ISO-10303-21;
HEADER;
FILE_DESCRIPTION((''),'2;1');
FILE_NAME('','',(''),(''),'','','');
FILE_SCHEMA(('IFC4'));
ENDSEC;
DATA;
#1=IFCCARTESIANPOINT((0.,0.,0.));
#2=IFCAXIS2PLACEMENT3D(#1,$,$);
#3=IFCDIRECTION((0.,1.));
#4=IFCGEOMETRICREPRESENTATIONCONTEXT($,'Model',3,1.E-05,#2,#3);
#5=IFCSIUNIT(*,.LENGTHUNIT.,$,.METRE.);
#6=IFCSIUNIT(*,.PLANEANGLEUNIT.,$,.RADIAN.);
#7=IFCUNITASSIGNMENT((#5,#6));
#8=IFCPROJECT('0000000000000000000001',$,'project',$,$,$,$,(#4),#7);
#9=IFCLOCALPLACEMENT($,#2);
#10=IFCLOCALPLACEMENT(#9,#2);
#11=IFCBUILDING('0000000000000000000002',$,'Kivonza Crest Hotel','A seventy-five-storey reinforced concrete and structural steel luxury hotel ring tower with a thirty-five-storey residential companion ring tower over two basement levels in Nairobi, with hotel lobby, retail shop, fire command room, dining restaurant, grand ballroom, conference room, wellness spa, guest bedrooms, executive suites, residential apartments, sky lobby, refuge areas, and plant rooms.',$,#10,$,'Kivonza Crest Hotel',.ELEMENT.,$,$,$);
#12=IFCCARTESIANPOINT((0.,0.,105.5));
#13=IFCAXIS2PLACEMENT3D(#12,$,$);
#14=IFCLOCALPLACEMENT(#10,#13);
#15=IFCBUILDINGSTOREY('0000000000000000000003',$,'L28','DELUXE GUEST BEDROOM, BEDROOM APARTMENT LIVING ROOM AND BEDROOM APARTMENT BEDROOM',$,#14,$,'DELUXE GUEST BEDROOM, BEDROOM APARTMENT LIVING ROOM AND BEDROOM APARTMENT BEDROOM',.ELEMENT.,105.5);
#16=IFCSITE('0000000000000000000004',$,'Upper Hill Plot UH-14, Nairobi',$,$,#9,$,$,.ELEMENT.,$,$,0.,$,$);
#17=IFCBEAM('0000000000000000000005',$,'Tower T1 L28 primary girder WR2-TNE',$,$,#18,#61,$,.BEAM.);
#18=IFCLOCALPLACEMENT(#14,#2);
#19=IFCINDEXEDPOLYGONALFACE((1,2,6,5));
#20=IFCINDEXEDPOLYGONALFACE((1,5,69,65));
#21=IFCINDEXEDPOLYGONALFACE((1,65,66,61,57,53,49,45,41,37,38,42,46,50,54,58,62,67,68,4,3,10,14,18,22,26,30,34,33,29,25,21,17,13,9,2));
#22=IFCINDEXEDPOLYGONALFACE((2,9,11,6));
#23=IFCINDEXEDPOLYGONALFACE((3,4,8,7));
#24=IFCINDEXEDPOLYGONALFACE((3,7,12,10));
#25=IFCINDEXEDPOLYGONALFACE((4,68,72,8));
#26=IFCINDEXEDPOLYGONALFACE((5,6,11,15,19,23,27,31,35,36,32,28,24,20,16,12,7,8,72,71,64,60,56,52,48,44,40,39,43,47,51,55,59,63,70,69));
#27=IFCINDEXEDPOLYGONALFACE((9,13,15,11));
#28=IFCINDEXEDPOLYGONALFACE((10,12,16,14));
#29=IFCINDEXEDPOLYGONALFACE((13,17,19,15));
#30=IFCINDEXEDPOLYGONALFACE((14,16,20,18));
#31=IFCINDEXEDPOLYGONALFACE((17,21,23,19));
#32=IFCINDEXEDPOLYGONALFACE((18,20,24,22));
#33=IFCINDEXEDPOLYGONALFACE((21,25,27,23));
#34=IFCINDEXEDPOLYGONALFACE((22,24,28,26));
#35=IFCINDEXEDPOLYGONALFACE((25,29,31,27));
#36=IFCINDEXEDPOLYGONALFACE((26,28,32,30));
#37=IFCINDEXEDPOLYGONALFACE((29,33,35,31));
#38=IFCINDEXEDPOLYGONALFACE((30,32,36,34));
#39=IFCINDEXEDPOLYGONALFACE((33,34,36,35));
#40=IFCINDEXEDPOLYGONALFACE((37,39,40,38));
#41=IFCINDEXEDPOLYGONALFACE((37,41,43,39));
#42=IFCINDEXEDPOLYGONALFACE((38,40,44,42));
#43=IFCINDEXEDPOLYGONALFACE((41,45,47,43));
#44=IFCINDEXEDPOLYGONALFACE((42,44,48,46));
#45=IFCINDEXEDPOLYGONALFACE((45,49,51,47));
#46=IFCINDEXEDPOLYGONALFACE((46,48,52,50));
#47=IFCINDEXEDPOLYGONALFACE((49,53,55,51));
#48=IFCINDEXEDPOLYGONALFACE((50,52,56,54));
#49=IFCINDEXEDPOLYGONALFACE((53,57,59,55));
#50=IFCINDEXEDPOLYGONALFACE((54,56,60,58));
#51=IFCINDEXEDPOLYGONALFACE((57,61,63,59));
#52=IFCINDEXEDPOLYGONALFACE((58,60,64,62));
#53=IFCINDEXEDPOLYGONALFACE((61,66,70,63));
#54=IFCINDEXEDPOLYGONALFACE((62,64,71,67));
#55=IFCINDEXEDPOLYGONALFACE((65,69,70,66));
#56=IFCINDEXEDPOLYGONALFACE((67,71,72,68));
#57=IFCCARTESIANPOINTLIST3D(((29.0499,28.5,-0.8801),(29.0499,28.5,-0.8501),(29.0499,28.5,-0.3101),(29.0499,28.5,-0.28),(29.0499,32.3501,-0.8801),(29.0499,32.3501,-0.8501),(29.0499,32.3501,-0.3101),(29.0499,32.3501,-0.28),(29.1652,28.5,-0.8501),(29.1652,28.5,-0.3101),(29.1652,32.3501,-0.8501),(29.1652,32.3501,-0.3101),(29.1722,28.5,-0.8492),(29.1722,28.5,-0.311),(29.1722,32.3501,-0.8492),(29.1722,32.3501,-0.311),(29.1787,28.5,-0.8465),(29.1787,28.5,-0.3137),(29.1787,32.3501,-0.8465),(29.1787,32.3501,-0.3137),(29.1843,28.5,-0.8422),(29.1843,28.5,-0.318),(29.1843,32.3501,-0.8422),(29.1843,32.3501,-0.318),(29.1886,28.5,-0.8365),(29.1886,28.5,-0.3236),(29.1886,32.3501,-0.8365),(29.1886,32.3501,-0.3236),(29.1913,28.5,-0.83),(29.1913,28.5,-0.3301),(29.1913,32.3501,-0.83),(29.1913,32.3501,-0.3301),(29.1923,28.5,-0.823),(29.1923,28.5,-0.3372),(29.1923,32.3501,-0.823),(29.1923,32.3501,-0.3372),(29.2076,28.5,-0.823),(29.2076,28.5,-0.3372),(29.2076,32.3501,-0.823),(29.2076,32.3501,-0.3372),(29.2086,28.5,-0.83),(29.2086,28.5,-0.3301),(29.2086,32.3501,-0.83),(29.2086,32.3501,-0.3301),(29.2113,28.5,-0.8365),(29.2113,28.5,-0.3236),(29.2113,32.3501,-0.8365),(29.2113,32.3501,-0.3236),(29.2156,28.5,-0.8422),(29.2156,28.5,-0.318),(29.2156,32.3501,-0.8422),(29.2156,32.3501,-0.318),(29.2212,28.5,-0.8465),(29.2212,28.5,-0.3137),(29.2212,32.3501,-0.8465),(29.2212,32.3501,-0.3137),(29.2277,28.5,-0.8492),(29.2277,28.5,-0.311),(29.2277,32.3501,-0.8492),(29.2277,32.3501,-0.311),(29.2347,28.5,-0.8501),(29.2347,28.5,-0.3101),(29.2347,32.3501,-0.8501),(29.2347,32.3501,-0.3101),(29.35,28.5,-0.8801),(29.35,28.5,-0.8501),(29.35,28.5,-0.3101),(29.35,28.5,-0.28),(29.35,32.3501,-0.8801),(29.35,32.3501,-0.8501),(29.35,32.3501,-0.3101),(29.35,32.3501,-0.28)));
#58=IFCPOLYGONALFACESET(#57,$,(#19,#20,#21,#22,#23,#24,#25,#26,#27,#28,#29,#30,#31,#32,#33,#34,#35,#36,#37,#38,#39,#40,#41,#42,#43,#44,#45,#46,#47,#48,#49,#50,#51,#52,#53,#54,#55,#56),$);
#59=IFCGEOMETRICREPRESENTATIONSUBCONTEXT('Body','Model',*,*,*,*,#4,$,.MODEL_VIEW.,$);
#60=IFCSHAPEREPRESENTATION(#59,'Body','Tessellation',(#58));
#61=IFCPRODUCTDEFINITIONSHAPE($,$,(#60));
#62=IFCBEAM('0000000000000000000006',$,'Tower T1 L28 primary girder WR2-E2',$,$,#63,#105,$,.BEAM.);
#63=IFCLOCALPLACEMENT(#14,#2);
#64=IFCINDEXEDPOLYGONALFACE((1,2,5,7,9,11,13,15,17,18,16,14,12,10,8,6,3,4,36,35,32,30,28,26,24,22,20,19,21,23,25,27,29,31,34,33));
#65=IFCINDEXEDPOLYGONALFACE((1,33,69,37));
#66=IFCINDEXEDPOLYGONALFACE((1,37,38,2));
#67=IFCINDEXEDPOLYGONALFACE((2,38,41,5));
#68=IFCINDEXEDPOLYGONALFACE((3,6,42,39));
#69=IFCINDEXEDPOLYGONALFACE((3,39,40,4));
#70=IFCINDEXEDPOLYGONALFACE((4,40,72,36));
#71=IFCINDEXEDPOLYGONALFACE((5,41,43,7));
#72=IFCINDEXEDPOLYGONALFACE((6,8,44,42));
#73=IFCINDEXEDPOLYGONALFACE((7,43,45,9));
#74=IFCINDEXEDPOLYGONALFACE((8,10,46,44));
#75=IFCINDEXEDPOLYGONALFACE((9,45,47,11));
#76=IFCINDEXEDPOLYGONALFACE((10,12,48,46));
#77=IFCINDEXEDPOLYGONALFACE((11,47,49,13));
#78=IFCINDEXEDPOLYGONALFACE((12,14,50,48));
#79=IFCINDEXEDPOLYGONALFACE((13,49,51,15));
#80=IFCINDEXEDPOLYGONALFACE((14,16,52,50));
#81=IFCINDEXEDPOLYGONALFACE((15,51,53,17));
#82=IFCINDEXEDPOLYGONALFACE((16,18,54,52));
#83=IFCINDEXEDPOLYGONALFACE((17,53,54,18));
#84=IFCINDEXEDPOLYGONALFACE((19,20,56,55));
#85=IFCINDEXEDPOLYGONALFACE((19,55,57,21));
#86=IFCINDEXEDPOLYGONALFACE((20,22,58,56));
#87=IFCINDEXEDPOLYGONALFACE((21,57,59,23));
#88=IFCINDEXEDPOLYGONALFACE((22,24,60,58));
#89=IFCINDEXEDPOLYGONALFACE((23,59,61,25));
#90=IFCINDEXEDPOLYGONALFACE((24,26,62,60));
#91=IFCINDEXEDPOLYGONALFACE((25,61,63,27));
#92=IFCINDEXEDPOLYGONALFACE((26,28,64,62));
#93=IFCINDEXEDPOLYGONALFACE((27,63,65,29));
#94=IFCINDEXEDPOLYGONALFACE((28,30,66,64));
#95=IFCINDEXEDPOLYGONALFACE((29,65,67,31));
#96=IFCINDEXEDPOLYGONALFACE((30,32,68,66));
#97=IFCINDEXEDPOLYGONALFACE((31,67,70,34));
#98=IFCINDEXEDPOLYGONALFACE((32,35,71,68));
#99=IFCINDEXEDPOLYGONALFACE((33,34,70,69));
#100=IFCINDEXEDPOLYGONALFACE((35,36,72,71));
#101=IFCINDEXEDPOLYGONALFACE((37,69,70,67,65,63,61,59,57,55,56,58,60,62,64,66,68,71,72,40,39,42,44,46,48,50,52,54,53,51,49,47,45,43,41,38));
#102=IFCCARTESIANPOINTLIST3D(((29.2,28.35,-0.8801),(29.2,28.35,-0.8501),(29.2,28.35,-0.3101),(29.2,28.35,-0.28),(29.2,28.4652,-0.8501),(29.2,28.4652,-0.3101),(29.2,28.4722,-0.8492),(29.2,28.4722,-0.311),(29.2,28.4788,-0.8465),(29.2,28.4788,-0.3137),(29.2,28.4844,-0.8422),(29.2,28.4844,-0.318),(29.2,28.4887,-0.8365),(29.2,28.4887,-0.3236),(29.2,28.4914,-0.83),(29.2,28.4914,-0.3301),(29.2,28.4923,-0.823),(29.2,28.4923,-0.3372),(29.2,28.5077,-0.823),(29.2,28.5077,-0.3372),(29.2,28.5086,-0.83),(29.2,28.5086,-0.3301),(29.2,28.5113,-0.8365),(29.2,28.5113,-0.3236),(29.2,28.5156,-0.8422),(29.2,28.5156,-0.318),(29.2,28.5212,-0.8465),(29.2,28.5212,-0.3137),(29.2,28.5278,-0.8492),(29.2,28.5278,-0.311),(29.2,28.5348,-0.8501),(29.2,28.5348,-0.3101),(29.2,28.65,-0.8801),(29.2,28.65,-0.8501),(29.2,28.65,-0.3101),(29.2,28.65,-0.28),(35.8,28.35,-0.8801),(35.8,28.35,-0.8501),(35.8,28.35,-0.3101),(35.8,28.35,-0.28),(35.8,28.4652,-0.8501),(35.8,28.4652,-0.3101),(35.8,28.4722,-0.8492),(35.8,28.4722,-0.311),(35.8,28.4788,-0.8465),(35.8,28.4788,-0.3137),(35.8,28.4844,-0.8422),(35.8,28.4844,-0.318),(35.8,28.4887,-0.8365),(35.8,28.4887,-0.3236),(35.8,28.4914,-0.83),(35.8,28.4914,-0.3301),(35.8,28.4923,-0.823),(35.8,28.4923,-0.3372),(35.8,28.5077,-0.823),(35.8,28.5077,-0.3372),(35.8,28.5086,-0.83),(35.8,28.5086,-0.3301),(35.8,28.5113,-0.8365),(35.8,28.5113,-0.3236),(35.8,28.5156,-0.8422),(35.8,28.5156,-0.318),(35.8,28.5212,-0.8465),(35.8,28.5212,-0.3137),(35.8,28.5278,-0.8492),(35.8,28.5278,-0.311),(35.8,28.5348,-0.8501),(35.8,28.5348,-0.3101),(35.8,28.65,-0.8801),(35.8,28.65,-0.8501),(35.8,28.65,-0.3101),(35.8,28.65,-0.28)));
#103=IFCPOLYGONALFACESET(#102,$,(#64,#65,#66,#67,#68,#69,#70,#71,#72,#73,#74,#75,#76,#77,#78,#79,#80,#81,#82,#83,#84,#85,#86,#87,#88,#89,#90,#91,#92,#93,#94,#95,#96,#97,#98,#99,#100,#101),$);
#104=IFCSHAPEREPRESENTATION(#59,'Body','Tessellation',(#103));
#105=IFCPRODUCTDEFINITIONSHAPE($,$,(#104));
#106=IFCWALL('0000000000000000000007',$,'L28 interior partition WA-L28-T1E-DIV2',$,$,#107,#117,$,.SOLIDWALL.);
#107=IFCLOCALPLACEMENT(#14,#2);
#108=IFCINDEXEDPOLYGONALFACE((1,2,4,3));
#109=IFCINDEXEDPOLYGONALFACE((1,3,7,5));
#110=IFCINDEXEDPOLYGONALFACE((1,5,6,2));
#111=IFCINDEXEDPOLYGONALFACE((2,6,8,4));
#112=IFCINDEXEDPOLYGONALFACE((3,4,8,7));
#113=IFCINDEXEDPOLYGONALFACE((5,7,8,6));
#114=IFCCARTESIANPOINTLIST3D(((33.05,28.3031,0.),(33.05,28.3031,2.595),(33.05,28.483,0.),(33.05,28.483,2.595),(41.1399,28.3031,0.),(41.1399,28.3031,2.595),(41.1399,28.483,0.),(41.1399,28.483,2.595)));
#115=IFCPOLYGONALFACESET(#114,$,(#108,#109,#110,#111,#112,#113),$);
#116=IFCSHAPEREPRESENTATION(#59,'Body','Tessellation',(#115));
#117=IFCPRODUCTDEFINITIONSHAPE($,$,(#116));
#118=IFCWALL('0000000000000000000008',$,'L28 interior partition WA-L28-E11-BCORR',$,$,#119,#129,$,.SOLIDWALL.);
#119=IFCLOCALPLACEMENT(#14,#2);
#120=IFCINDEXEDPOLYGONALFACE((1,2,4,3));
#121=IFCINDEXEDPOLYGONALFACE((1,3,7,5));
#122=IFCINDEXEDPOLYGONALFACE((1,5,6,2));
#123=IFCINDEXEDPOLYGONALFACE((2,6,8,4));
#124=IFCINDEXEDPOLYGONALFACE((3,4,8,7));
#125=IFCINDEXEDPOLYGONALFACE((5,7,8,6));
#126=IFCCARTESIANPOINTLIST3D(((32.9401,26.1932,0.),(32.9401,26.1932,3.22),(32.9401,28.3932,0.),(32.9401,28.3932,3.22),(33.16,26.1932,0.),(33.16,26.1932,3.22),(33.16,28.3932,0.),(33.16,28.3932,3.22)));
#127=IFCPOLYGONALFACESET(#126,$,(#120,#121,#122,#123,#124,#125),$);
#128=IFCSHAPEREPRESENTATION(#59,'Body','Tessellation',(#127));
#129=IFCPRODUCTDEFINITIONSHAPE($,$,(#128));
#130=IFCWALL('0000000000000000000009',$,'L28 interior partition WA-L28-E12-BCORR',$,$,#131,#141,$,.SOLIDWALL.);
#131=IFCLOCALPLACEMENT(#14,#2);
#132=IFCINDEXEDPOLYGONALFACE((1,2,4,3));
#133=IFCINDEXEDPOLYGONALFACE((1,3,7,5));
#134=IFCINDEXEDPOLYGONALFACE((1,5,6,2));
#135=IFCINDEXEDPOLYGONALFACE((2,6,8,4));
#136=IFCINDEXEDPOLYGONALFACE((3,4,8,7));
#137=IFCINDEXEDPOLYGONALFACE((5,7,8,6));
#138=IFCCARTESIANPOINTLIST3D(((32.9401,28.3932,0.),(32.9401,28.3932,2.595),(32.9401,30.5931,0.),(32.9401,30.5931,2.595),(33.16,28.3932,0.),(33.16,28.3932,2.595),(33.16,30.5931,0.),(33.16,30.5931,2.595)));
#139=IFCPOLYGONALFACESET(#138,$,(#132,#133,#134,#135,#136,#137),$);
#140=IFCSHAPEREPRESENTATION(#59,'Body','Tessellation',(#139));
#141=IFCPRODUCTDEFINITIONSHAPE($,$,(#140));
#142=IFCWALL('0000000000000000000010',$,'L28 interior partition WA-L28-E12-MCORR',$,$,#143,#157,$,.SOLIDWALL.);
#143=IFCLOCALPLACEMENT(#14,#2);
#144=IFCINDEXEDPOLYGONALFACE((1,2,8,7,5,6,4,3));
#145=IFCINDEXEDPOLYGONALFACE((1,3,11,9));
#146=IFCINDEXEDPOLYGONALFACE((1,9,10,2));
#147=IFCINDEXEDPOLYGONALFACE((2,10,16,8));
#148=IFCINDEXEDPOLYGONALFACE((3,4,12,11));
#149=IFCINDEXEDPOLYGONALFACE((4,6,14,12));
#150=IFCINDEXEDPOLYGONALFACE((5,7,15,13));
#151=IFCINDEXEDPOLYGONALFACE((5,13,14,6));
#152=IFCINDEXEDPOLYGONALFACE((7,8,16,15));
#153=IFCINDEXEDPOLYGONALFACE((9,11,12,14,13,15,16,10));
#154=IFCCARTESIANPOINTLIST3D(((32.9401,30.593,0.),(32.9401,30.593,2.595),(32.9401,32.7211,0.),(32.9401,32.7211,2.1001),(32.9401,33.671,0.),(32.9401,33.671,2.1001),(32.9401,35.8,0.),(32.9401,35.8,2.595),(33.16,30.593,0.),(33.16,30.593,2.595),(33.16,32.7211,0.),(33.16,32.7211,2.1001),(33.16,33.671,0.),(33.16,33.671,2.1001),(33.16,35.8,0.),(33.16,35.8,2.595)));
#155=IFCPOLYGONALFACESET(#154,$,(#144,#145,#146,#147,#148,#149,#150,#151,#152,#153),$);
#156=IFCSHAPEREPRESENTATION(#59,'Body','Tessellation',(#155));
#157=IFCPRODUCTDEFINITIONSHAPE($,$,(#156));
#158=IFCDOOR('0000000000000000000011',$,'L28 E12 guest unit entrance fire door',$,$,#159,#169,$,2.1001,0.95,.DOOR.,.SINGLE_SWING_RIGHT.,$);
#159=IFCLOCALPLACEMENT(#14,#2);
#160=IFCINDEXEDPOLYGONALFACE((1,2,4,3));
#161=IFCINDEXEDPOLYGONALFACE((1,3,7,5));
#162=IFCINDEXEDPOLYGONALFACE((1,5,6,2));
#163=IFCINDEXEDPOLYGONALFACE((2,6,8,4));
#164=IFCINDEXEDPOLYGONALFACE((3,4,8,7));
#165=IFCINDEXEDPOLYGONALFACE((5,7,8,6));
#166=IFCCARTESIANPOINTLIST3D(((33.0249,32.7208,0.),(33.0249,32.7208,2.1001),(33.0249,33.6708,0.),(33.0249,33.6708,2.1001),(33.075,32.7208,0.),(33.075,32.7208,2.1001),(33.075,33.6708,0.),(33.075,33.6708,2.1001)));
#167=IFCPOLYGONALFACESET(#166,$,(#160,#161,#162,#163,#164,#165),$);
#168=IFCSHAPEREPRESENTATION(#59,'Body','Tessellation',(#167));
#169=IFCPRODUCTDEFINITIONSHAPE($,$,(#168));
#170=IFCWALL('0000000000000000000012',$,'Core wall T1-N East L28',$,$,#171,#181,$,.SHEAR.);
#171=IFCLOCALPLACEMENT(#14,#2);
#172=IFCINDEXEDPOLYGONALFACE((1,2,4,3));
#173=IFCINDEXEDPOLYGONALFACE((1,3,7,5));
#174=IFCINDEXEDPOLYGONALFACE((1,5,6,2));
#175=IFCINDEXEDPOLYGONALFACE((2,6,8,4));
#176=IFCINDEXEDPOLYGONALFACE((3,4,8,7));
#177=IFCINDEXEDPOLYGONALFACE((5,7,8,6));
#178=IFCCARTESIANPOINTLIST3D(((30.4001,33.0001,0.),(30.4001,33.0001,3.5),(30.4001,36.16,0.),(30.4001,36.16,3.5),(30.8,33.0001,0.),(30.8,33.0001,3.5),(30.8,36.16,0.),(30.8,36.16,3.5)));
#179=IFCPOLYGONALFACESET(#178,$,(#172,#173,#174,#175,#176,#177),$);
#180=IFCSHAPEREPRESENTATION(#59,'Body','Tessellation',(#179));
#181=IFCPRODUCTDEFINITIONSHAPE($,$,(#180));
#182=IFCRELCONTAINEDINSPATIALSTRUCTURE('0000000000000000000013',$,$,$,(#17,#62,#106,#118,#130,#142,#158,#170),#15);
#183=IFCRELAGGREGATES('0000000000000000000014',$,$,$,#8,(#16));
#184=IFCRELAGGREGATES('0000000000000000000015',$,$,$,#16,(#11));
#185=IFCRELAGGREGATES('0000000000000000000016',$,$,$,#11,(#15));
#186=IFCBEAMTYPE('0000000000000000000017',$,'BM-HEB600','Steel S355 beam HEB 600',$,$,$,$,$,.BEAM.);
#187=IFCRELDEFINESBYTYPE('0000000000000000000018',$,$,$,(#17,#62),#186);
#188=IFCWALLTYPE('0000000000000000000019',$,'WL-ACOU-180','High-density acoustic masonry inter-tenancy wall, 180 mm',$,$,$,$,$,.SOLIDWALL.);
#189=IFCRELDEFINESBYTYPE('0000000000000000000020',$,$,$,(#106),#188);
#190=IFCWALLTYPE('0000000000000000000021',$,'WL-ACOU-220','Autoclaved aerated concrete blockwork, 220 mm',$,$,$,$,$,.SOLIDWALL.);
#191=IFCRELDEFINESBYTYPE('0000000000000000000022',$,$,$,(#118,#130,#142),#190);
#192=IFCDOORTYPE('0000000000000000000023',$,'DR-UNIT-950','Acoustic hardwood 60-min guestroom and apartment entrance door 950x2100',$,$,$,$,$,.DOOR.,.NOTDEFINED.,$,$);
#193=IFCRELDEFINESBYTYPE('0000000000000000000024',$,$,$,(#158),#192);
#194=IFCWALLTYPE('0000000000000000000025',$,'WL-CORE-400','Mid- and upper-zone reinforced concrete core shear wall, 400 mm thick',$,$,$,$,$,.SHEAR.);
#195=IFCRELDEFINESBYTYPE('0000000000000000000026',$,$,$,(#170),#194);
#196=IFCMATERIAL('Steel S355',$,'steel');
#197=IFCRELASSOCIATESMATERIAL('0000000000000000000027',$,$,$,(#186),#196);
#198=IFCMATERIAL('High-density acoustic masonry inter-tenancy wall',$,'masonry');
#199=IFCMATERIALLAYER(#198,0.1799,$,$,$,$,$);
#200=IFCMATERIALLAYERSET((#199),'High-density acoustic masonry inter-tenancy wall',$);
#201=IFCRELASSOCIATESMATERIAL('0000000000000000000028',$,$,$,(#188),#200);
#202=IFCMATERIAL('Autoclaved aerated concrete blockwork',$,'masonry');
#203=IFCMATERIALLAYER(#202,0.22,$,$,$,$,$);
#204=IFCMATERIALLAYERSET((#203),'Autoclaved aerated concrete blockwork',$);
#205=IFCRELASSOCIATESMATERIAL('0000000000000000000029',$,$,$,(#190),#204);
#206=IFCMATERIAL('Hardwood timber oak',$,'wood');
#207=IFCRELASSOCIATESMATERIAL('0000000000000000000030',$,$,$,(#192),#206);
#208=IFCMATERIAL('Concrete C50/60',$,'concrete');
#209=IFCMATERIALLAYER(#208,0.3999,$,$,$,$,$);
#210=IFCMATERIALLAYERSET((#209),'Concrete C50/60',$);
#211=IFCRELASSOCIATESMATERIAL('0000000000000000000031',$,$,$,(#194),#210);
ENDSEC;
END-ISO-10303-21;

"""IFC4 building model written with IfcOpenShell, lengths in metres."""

from ifc_helpers import new_model, si_unit, direction, frame, frame_2d, origin, origin_2d, place, context, subcontext, project, spatial, rectangle, i_section, extrude, material, layer, layer_set, material_profile, profile_set, type_object, element, fill, save


model = new_model("IFC4")

# Units and contexts
model_context = context("Model", 3, precision=1e-05, world=origin(), true_north=direction((0.0, 1.0)))
body_context = subcontext(model_context, "Body", "Model", "MODEL_VIEW")
ifc_project = project(units=[si_unit("LENGTHUNIT", "METRE"), si_unit("PLANEANGLEUNIT", "RADIAN")], contexts=[model_context])

# Site, building, storey
site_placement = place(None, origin())
site = spatial("IfcSite", under=ifc_project, at=site_placement, Name="Upper Hill Plot UH-14, Nairobi", CompositionType="ELEMENT", RefElevation=0.0)
building_placement = place(site_placement, origin())
building = spatial("IfcBuilding", under=site, at=building_placement, Name="Kivonza Crest Hotel", Description="A seventy-five-storey reinforced concrete and structural steel luxury hotel ring tower with a thirty-five-storey residential companion ring tower over two basement levels in Nairobi, with hotel lobby, retail shop, fire command room, dining restaurant, grand ballroom, conference room, wellness spa, guest bedrooms, executive suites, residential apartments, sky lobby, refuge areas, and plant rooms.", LongName="Kivonza Crest Hotel", CompositionType="ELEMENT")
storey_placement = place(building_placement, frame((0.0, 0.0, 105.5)))
storey = spatial("IfcBuildingStorey", under=building, at=storey_placement, Name="L28", Description="DELUXE GUEST BEDROOM, BEDROOM APARTMENT LIVING ROOM AND BEDROOM APARTMENT BEDROOM", LongName="DELUXE GUEST BEDROOM, BEDROOM APARTMENT LIVING ROOM AND BEDROOM APARTMENT BEDROOM", CompositionType="ELEMENT", Elevation=105.5)

# Shared definitions
ifc_material_1 = material(Name="Concrete C50/60", Category="concrete")

# Beams
ifc_material_2 = material(Name="Steel S355", Category="steel")
ifc_material_profile_1 = material_profile(ifc_material_2, i_section(OverallWidth=0.3, OverallDepth=0.6001, WebThickness=0.0154, FlangeThickness=0.03, FilletRadius=0.0271, at=origin_2d()), Name="HEB 600")
ifc_profile_set_1 = profile_set([ifc_material_profile_1], Name="Steel S355")
beam_type_1 = type_object("IfcBeamType", Name="BM-HEB600", Description="Steel S355 beam HEB 600", PredefinedType="BEAM", material=ifc_profile_set_1)
beam_1_placement = place(storey_placement, frame((29.2, 28.5, -0.5801), z_axis=(0.0, 1.0, 0.0), x_axis=(-1.0, 0.0, 0.0)))
element("IfcBeam", 1, at=beam_1_placement, inside=storey, type_object=beam_type_1, Name="Tower T1 L28 primary girder WR2-TNE", PredefinedType="BEAM", context=body_context, shape_type="SweptSolid", body=[
    extrude(i_section(OverallWidth=0.3, OverallDepth=0.6001, WebThickness=0.0154, FlangeThickness=0.03, FilletRadius=0.0271, at=origin_2d()), origin(), (0.0, 0.0, 1.0), 3.8501),
])
beam_2_placement = place(storey_placement, frame((29.2, 28.5, -0.5801), z_axis=(1.0, 0.0, 0.0), x_axis=(0.0, 1.0, 0.0)))
element("IfcBeam", 2, at=beam_2_placement, inside=storey, type_object=beam_type_1, Name="Tower T1 L28 primary girder WR2-E2", PredefinedType="BEAM", context=body_context, shape_type="SweptSolid", body=[
    extrude(i_section(OverallWidth=0.3, OverallDepth=0.6001, WebThickness=0.0154, FlangeThickness=0.03, FilletRadius=0.0271, at=origin_2d()), origin(), (0.0, 0.0, 1.0), 6.6001),
])

# Walls
ifc_material_3 = material(Name="High-density acoustic masonry inter-tenancy wall", Category="masonry")
ifc_layer_1 = layer(ifc_material_3, 0.1799)
ifc_layer_set_1 = layer_set([ifc_layer_1], Name="High-density acoustic masonry inter-tenancy wall")
wall_type_1 = type_object("IfcWallType", Name="WL-ACOU-180", Description="High-density acoustic masonry inter-tenancy wall, 180 mm", PredefinedType="SOLIDWALL", material=ifc_layer_set_1)
wall_1_placement = place(storey_placement, frame((33.05, 28.3931, 0.0), z_axis=(0.0, 0.0, 1.0), x_axis=(1.0, 0.0, 0.0)))
element("IfcWall", 3, at=wall_1_placement, inside=storey, type_object=wall_type_1, Name="L28 interior partition WA-L28-T1E-DIV2", PredefinedType="SOLIDWALL", context=body_context, shape_type="SweptSolid", body=[
    extrude(rectangle(XDim=8.0898, YDim=0.1799, at=frame_2d((4.0449, 0.0))), origin(), (0.0, 0.0, 1.0), 2.595),
])
ifc_material_4 = material(Name="Autoclaved aerated concrete blockwork", Category="masonry")
ifc_layer_2 = layer(ifc_material_4, 0.22)
ifc_layer_set_2 = layer_set([ifc_layer_2], Name="Autoclaved aerated concrete blockwork")
wall_type_2 = type_object("IfcWallType", Name="WL-ACOU-220", Description="Autoclaved aerated concrete blockwork, 220 mm", PredefinedType="SOLIDWALL", material=ifc_layer_set_2)
wall_2_placement = place(storey_placement, frame((33.05, 26.1931, 0.0), z_axis=(0.0, 0.0, 1.0), x_axis=(0.0, 1.0, 0.0)))
element("IfcWall", 4, at=wall_2_placement, inside=storey, type_object=wall_type_2, Name="L28 interior partition WA-L28-E11-BCORR", PredefinedType="SOLIDWALL", context=body_context, shape_type="SweptSolid", body=[
    extrude(rectangle(XDim=2.2, YDim=0.22, at=frame_2d((1.1001, 0.0))), origin(), (0.0, 0.0, 1.0), 3.22),
])
wall_3_placement = place(storey_placement, frame((33.05, 28.3931, 0.0), z_axis=(0.0, 0.0, 1.0), x_axis=(0.0, 1.0, 0.0)))
element("IfcWall", 5, at=wall_3_placement, inside=storey, type_object=wall_type_2, Name="L28 interior partition WA-L28-E12-BCORR", PredefinedType="SOLIDWALL", context=body_context, shape_type="SweptSolid", body=[
    extrude(rectangle(XDim=2.2, YDim=0.22, at=frame_2d((1.1001, 0.0))), origin(), (0.0, 0.0, 1.0), 2.595),
])

# Wall, opening, door
wall_4_placement = place(storey_placement, frame((33.05, 30.593, 0.0), z_axis=(0.0, 0.0, 1.0), x_axis=(0.0, 1.0, 0.0)))
wall_4 = element("IfcWall", 6, at=wall_4_placement, inside=storey, type_object=wall_type_2, Name="L28 interior partition WA-L28-E12-MCORR", PredefinedType="SOLIDWALL", context=body_context, shape_type="SweptSolid", body=[
    extrude(rectangle(XDim=5.207, YDim=0.22, at=frame_2d((2.6035, 0.0))), origin(), (0.0, 0.0, 1.0), 2.595),
])
opening_1_placement = place(wall_4_placement, frame((2.1279, 0.0, 0.0)))
opening_1 = element("IfcOpeningElement", 7, at=opening_1_placement, cuts=wall_4, PredefinedType="OPENING", context=body_context, shape_type="SweptSolid", body=[
    extrude(rectangle(XDim=0.95, YDim=2.1001, at=frame_2d((0.4751, 1.05))), frame((0.0, 0.1201, 0.0), z_axis=(0.0, -1.0, 0.0), x_axis=(1.0, 0.0, 0.0)), (0.0, 0.0, 1.0), 0.24),
])
ifc_material_5 = material(Name="Hardwood timber oak", Category="wood")
door_type_1 = type_object("IfcDoorType", Name="DR-UNIT-950", Description="Acoustic hardwood 60-min guestroom and apartment entrance door 950x2100", OperationType="NOTDEFINED", PredefinedType="DOOR", material=ifc_material_5)
door_1_placement = place(opening_1_placement, frame((0.95, 0.0, 0.0), z_axis=(0.0, 0.0, 1.0), x_axis=(-1.0, 0.0, 0.0)))
door_1 = element("IfcDoor", 8, at=door_1_placement, inside=storey, type_object=door_type_1, Name="L28 E12 guest unit entrance fire door", OperationType="SINGLE_SWING_RIGHT", OverallHeight=2.1001, OverallWidth=0.95, PredefinedType="DOOR", context=body_context, shape_type="SweptSolid", body=[
    extrude(rectangle(XDim=0.95, YDim=2.1001, at=frame_2d((0.4751, 1.05))), frame((0.0, 0.0249, 0.0), z_axis=(0.0, -1.0, 0.0), x_axis=(1.0, 0.0, 0.0)), (0.0, 0.0, 1.0), 0.05),
])
fill(opening_1, door_1)

# Wall
ifc_layer_3 = layer(ifc_material_1, 0.3999)
ifc_layer_set_3 = layer_set([ifc_layer_3], Name="Concrete C50/60")
wall_type_3 = type_object("IfcWallType", Name="WL-CORE-400", Description="Mid- and upper-zone reinforced concrete core shear wall, 400 mm thick", PredefinedType="SHEAR", material=ifc_layer_set_3)
wall_5_placement = place(storey_placement, frame((30.6001, 33.0, 0.0), z_axis=(0.0, 0.0, 1.0), x_axis=(0.0, 1.0, 0.0)))
element("IfcWall", 9, at=wall_5_placement, inside=storey, type_object=wall_type_3, Name="Core wall T1-N East L28", PredefinedType="SHEAR", context=body_context, shape_type="SweptSolid", body=[
    extrude(rectangle(XDim=3.1599, YDim=0.3999, at=frame_2d((1.5801, 0.0))), origin(), (0.0, 0.0, 1.0), 3.5),
])

save(model, "model.ifc")
